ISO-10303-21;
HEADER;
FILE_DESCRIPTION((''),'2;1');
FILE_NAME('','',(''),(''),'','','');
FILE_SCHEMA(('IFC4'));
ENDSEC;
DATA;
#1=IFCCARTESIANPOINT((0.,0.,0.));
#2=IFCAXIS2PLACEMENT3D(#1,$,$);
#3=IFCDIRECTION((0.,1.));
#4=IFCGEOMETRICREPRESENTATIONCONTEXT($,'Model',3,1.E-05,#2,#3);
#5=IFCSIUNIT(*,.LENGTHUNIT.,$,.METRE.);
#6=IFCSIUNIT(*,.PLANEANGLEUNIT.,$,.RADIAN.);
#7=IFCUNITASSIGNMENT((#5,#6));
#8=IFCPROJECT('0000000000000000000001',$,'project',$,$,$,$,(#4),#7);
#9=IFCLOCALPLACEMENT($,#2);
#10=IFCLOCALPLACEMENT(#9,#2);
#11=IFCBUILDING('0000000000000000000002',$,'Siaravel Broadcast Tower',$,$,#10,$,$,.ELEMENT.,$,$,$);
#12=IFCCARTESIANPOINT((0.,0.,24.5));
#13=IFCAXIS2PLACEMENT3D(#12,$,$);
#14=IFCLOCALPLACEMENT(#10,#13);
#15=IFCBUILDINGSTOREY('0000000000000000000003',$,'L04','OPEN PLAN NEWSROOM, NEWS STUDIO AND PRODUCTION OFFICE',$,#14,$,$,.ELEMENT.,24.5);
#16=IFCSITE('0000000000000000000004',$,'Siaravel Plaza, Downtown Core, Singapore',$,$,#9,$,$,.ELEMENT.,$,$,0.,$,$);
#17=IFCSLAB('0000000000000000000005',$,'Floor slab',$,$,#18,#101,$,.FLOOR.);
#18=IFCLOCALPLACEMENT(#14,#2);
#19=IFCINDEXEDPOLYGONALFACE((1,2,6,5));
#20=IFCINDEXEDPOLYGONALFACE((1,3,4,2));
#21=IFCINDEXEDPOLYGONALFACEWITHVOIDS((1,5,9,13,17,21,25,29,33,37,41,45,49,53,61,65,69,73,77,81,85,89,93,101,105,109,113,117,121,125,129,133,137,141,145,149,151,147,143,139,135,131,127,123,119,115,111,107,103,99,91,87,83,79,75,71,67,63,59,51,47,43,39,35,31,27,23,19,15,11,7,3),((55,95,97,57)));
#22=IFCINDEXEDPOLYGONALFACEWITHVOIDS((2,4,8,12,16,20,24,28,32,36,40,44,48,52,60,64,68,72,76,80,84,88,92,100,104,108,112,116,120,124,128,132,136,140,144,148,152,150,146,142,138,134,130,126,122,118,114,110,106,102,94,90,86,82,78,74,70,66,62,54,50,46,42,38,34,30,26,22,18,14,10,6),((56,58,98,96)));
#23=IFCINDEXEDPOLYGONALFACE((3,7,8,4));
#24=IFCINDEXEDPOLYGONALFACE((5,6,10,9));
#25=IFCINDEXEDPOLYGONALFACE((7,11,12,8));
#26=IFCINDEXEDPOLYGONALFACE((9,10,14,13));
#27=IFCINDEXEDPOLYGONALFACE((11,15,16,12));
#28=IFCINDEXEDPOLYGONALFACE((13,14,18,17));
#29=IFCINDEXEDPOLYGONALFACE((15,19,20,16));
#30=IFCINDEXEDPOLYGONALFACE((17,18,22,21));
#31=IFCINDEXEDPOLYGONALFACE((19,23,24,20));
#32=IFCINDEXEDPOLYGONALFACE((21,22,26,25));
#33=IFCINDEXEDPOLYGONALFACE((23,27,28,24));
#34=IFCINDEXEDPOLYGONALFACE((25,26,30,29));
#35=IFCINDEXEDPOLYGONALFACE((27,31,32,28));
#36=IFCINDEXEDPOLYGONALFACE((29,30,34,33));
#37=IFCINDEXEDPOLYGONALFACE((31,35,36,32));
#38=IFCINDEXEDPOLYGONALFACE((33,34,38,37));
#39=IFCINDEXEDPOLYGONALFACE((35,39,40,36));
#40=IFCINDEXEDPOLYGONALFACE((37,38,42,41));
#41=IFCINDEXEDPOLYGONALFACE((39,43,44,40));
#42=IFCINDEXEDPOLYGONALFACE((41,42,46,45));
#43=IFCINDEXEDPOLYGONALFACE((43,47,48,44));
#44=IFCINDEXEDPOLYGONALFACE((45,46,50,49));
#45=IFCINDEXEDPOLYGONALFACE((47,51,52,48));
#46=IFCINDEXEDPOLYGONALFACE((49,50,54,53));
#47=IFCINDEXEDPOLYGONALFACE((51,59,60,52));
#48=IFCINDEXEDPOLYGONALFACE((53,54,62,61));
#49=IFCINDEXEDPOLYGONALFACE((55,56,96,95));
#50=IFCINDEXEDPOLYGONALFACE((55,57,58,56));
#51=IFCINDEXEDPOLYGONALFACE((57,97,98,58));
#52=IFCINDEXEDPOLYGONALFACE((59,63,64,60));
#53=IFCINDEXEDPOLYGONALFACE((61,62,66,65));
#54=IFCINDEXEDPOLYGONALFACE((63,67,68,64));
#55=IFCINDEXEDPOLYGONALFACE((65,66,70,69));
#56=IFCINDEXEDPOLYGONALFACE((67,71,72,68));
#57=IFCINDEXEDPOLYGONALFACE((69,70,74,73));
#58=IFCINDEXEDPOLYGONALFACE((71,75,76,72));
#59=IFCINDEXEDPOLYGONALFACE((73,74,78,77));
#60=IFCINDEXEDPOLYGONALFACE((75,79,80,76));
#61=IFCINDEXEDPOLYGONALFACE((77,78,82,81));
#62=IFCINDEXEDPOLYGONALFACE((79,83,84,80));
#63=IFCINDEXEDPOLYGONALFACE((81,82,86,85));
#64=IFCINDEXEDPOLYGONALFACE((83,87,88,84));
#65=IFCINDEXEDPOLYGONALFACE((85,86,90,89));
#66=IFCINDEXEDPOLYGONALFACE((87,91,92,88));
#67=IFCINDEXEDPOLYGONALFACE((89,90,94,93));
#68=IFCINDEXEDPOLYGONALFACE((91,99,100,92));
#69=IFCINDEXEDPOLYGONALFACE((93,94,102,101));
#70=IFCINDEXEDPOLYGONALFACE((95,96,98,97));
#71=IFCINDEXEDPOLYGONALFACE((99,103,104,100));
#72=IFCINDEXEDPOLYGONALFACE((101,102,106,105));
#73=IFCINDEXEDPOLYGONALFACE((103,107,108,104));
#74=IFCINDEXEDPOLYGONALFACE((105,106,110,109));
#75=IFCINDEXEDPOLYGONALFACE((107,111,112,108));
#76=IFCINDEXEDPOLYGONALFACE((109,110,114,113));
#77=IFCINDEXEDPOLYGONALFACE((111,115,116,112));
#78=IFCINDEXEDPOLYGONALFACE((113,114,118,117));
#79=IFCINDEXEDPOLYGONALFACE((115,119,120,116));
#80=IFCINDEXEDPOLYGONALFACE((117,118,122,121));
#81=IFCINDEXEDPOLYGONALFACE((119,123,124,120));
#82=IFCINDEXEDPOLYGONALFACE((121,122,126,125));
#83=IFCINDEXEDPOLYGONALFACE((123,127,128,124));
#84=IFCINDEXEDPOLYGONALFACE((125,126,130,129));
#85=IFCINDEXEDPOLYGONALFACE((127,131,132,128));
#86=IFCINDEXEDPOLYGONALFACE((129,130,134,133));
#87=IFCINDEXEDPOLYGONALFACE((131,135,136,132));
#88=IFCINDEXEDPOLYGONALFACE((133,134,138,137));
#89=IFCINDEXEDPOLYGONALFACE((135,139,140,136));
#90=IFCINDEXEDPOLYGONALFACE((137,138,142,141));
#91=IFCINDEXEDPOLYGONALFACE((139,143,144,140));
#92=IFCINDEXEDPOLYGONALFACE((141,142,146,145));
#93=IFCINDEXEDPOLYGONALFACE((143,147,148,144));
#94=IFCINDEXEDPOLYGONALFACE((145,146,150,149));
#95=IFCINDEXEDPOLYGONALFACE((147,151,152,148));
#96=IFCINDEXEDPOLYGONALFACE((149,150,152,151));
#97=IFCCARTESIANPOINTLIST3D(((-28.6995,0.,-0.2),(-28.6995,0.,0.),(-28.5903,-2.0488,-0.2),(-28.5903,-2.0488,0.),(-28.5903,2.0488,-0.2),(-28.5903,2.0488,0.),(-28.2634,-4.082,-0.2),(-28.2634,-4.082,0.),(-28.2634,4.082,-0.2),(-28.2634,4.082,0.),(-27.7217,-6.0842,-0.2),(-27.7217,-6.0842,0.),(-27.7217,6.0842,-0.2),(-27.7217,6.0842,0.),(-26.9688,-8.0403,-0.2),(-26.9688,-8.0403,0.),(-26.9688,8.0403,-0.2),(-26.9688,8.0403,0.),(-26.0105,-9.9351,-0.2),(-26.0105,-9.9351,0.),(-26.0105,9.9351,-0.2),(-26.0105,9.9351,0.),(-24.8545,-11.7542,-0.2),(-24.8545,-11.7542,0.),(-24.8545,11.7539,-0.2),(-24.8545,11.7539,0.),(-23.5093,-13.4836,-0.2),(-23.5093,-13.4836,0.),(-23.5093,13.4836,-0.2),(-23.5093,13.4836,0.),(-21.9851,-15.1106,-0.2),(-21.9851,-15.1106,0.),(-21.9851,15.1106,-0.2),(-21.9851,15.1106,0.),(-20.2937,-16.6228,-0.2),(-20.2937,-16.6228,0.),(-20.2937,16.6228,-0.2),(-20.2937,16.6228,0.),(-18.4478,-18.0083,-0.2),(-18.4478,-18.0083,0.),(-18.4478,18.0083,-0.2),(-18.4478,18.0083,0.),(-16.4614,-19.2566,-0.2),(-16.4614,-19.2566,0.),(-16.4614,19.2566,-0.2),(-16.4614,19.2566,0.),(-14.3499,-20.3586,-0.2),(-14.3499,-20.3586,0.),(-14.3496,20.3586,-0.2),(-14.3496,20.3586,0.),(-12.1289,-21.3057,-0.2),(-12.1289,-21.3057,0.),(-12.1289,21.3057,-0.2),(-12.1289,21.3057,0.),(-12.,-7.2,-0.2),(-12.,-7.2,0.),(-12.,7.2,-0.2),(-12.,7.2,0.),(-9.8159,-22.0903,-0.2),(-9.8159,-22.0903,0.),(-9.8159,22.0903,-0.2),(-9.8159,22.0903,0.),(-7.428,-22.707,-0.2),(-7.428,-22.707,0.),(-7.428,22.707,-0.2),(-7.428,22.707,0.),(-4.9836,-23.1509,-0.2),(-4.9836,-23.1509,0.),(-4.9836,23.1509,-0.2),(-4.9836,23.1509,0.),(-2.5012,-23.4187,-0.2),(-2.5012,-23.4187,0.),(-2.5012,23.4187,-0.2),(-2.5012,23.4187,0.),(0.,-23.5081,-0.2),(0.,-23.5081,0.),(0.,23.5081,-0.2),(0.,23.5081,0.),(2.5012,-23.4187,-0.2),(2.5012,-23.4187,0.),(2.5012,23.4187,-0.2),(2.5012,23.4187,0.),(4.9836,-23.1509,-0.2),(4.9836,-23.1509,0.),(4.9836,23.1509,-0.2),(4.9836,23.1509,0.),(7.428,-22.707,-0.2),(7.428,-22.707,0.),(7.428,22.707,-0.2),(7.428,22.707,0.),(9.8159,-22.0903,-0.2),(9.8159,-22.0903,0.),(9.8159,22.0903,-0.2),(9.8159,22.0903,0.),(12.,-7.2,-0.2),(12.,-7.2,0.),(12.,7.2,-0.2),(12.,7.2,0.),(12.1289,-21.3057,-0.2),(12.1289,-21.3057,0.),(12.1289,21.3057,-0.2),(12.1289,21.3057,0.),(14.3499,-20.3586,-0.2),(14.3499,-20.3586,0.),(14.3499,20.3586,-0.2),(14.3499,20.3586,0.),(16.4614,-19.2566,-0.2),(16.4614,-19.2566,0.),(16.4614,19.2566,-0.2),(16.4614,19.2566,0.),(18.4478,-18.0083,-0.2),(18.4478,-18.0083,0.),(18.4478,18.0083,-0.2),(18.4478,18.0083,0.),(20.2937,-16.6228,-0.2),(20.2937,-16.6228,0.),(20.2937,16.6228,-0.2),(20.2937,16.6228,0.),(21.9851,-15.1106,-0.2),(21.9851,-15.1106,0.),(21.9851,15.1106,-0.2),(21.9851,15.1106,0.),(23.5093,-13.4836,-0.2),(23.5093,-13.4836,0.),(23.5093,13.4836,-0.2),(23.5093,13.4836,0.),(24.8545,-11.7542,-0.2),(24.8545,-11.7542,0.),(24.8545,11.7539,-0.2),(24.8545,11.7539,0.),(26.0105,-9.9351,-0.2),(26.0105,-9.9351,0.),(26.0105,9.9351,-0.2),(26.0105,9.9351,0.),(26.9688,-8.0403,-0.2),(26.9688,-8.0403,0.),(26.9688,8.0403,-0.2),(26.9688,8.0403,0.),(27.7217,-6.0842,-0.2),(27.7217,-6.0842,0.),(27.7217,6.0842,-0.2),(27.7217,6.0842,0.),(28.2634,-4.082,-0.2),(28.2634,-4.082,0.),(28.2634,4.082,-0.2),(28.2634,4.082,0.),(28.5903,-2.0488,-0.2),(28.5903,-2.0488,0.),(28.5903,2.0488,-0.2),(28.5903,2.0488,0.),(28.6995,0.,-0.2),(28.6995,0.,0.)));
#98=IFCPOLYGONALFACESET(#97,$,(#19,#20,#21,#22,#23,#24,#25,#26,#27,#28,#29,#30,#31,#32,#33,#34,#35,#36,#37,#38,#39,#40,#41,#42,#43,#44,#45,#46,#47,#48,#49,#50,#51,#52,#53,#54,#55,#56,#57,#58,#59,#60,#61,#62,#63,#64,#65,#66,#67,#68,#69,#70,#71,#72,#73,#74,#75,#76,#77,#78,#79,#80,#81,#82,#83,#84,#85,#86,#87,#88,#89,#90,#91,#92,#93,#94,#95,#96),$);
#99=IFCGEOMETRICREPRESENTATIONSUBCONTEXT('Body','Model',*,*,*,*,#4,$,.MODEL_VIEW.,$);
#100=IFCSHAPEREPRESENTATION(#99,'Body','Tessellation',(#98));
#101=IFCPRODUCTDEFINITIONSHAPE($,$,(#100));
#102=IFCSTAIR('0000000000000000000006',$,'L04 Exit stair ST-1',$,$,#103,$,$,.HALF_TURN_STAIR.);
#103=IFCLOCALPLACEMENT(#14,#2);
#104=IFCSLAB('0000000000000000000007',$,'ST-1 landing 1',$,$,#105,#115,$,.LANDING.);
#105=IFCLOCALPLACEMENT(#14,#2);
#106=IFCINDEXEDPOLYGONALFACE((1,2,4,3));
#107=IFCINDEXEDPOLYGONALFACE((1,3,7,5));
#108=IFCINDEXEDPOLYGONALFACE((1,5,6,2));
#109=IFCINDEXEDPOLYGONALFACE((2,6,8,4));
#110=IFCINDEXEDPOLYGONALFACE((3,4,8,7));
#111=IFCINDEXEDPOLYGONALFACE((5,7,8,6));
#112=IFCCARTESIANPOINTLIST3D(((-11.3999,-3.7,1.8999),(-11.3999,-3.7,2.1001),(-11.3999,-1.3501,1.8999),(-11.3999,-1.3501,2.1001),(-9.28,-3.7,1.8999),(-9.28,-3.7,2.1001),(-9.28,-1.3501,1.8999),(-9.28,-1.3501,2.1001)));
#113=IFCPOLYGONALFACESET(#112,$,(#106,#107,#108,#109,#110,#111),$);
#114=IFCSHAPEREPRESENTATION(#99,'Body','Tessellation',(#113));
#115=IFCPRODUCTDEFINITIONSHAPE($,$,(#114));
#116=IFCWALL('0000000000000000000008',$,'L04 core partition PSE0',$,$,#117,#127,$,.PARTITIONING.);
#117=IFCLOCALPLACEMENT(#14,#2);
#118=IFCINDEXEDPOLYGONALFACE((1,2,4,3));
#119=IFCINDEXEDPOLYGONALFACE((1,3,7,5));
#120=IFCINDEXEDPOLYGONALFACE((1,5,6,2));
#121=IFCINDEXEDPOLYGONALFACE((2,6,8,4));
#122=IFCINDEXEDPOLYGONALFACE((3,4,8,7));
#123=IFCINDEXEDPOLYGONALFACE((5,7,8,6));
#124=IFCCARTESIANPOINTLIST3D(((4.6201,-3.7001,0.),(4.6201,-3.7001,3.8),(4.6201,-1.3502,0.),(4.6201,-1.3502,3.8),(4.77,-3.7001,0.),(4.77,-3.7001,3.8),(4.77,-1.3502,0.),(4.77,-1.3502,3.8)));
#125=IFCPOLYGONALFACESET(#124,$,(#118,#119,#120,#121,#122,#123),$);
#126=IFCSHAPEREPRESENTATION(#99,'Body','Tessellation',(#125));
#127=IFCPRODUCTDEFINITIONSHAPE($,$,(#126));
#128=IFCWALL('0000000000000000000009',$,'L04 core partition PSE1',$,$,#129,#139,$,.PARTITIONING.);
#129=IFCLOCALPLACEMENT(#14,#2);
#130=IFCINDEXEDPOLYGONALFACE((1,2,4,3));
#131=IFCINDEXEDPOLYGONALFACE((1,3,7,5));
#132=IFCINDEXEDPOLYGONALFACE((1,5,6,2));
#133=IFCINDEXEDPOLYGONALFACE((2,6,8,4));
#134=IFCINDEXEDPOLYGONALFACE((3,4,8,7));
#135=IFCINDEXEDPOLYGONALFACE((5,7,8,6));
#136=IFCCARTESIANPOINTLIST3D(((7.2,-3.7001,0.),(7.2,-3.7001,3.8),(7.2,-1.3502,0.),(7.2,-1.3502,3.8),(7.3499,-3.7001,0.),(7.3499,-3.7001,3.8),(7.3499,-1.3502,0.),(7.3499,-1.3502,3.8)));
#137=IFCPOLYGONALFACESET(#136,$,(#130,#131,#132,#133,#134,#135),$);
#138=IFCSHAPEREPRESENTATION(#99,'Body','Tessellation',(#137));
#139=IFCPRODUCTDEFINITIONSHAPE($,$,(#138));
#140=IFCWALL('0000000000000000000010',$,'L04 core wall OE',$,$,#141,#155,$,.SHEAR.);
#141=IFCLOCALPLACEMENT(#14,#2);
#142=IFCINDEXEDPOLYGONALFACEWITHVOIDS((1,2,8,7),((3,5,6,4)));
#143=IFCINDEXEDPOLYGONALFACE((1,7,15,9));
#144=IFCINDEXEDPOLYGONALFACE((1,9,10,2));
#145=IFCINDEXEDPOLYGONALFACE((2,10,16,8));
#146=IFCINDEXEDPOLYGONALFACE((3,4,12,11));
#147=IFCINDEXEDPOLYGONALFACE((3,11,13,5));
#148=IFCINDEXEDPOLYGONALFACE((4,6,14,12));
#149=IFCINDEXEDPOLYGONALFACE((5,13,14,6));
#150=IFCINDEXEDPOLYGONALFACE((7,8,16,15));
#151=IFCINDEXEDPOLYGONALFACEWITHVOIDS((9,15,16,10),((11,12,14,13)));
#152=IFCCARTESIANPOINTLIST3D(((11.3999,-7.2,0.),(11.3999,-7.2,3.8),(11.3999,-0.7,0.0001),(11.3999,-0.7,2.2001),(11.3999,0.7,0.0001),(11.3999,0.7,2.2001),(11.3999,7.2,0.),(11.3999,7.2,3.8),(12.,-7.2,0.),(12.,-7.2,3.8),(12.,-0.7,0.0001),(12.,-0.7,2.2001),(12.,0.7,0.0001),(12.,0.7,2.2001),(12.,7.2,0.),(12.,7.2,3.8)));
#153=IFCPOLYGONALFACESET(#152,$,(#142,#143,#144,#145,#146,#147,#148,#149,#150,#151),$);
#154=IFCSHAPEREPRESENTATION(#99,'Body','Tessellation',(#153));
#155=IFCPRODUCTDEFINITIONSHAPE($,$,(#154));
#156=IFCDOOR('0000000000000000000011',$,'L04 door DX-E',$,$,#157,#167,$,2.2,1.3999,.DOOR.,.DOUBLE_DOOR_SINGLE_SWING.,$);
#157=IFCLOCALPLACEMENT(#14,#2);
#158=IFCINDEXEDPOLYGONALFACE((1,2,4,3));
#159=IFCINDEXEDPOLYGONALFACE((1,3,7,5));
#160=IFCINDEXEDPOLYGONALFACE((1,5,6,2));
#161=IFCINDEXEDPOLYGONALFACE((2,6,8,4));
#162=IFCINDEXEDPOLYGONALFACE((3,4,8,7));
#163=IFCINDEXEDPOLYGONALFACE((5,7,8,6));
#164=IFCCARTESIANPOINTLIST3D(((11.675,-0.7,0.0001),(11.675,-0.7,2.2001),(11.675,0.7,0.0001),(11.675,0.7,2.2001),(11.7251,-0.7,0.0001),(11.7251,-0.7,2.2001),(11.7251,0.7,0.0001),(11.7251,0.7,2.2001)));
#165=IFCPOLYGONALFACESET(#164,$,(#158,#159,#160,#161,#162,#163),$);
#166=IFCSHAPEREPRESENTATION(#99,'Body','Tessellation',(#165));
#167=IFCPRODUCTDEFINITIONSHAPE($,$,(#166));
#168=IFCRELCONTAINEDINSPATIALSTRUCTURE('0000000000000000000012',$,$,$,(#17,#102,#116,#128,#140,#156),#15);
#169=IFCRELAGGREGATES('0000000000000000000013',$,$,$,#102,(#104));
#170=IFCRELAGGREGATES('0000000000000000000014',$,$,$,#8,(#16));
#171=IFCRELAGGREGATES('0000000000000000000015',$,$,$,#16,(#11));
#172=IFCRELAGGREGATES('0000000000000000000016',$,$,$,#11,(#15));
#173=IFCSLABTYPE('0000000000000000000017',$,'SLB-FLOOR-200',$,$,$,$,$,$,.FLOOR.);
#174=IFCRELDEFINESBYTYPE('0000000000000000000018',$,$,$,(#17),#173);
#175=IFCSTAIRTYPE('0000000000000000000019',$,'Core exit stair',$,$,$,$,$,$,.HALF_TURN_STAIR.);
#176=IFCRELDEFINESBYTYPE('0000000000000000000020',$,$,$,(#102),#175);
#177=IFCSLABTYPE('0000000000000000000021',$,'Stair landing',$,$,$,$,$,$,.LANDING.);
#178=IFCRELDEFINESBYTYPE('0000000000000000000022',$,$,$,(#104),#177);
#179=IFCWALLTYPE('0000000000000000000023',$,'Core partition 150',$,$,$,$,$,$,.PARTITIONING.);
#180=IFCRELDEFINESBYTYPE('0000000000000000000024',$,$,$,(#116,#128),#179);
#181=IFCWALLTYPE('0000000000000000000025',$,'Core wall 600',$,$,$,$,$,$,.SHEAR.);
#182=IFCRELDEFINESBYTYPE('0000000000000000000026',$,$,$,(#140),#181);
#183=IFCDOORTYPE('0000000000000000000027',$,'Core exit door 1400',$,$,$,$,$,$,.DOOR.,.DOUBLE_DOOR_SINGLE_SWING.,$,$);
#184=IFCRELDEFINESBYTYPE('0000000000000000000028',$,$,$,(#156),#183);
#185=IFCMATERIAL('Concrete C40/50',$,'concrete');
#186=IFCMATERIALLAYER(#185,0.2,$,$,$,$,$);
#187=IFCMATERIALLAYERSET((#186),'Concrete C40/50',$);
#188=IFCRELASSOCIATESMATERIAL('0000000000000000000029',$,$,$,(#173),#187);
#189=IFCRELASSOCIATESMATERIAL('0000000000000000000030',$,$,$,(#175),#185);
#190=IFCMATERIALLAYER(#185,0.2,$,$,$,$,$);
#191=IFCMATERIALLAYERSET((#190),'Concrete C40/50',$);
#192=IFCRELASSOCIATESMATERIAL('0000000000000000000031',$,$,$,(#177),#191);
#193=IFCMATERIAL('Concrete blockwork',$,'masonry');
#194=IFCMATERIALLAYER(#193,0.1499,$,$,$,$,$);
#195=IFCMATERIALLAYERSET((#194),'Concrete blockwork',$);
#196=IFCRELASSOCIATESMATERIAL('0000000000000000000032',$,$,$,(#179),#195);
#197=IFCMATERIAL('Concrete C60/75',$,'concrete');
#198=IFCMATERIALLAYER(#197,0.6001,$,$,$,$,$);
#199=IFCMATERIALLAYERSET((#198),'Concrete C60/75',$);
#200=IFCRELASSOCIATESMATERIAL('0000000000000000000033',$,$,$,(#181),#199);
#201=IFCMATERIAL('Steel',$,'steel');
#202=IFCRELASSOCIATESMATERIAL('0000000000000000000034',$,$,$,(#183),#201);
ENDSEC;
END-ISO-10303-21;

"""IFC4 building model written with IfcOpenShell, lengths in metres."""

from ifc_helpers import new_model, si_unit, direction, frame, frame_2d, origin, place, context, subcontext, project, spatial, polyline, rectangle, outline, extrude, material, layer, layer_set, type_object, element, fill, aggregate, save


model = new_model("IFC4")

# Units and contexts
model_context = context("Model", 3, precision=1e-05, world=origin(), true_north=direction((0.0, 1.0)))
body_context = subcontext(model_context, "Body", "Model", "MODEL_VIEW")
ifc_project = project(units=[si_unit("LENGTHUNIT", "METRE"), si_unit("PLANEANGLEUNIT", "RADIAN")], contexts=[model_context])

# Site, building, storey
site_placement = place(None, origin())
site = spatial("IfcSite", under=ifc_project, at=site_placement, Name="Siaravel Plaza, Downtown Core, Singapore", CompositionType="ELEMENT", RefElevation=0.0)
building_placement = place(site_placement, origin())
building = spatial("IfcBuilding", under=site, at=building_placement, Name="Siaravel Broadcast Tower", CompositionType="ELEMENT")
storey_placement = place(building_placement, frame((0.0, 0.0, 24.5)))
storey = spatial("IfcBuildingStorey", under=building, at=storey_placement, Name="L04", Description="OPEN PLAN NEWSROOM, NEWS STUDIO AND PRODUCTION OFFICE", CompositionType="ELEMENT", Elevation=24.5)

# Slab
ifc_material_1 = material(Name="Concrete C40/50", Category="concrete")
ifc_layer_1 = layer(ifc_material_1, 0.2)
ifc_layer_set_1 = layer_set([ifc_layer_1], Name="Concrete C40/50")
slab_type_1 = type_object("IfcSlabType", Name="SLB-FLOOR-200", PredefinedType="FLOOR", material=ifc_layer_set_1)
slab_1_placement = place(storey_placement, frame((0.0, 0.0, -0.2)))
element("IfcSlab", 1, at=slab_1_placement, inside=storey, type_object=slab_type_1, Name="Floor slab", PredefinedType="FLOOR", context=body_context, shape_type="SweptSolid", body=[
    extrude(outline(polyline([(28.6995, 0.0), (28.5903, 2.0488), (28.2634, 4.082), (27.7217, 6.0842), (26.9688, 8.0403), (26.0105, 9.9351), (24.8545, 11.7539), (23.5093, 13.4836), (21.9851, 15.1106), (20.2937, 16.6228), (18.4478, 18.0083), (16.4614, 19.2566), (14.3499, 20.3586), (12.1289, 21.3057), (9.8159, 22.0903), (7.428, 22.707), (4.9836, 23.1509), (2.5012, 23.4187), (0.0, 23.5081), (-2.5012, 23.4187), (-4.9836, 23.1509), (-7.428, 22.707), (-9.8159, 22.0903), (-12.1289, 21.3057), (-14.3496, 20.3586), (-16.4614, 19.2566), (-18.4478, 18.0083), (-20.2937, 16.6228), (-21.9851, 15.1106), (-23.5093, 13.4836), (-24.8545, 11.7539), (-26.0105, 9.9351), (-26.9688, 8.0403), (-27.7217, 6.0842), (-28.2634, 4.082), (-28.5903, 2.0488), (-28.6995, 0.0), (-28.5903, -2.0488), (-28.2634, -4.082), (-27.7217, -6.0842), (-26.9688, -8.0403), (-26.0105, -9.9351), (-24.8545, -11.7542), (-23.5093, -13.4836), (-21.9851, -15.1106), (-20.2937, -16.6228), (-18.4478, -18.0083), (-16.4614, -19.2566), (-14.3499, -20.3586), (-12.1289, -21.3057), (-9.8159, -22.0903), (-7.428, -22.707), (-4.9836, -23.1509), (-2.5012, -23.4187), (0.0, -23.5081), (2.5012, -23.4187), (4.9836, -23.1509), (7.428, -22.707), (9.8159, -22.0903), (12.1289, -21.3057), (14.3499, -20.3586), (16.4614, -19.2566), (18.4478, -18.0083), (20.2937, -16.6228), (21.9851, -15.1106), (23.5093, -13.4836), (24.8545, -11.7542), (26.0105, -9.9351), (26.9688, -8.0403), (27.7217, -6.0842), (28.2634, -4.082), (28.5903, -2.0488), (28.6995, 0.0)]), holes=[polyline([(-12.0, 7.2), (12.0, 7.2), (12.0, -7.2), (-12.0, -7.2), (-12.0, 7.2)])]), origin(), (0.0, 0.0, 1.0), 0.2),
])

# Stair, slab
stair_type = type_object("IfcStairType", Name="Core exit stair", PredefinedType="HALF_TURN_STAIR", material=ifc_material_1)
stair_placement = place(storey_placement, origin())
stair = element("IfcStair", 2, at=stair_placement, inside=storey, type_object=stair_type, Name="L04 Exit stair ST-1", PredefinedType="HALF_TURN_STAIR")
ifc_layer_2 = layer(ifc_material_1, 0.2)
ifc_layer_set_2 = layer_set([ifc_layer_2], Name="Concrete C40/50")
slab_type_2 = type_object("IfcSlabType", Name="Stair landing", PredefinedType="LANDING", material=ifc_layer_set_2)
slab_2_placement = place(storey_placement, frame((0.0, 0.0, 1.8999)))
slab_2 = element("IfcSlab", 3, at=slab_2_placement, type_object=slab_type_2, Name="ST-1 landing 1", PredefinedType="LANDING", context=body_context, shape_type="SweptSolid", body=[
    extrude(outline(polyline([(-9.28, -1.3501), (-11.3999, -1.3501), (-11.3999, -3.7), (-9.28, -3.7), (-9.28, -1.3501)])), origin(), (0.0, 0.0, 1.0), 0.2002),
])
aggregate(stair, [slab_2])

# Walls
ifc_material_2 = material(Name="Concrete blockwork", Category="masonry")
ifc_layer_3 = layer(ifc_material_2, 0.1499)
ifc_layer_set_3 = layer_set([ifc_layer_3], Name="Concrete blockwork")
wall_type_1 = type_object("IfcWallType", Name="Core partition 150", PredefinedType="PARTITIONING", material=ifc_layer_set_3)
for number, where, z_axis, x_axis, name in (
    (4, (4.6951, -3.7, 0.0), (0.0, 0.0, 1.0), (0.0, 1.0, 0.0), "L04 core partition PSE0"),
    (5, (7.2749, -3.7, 0.0), (0.0, 0.0, 1.0), (0.0, 1.0, 0.0), "L04 core partition PSE1"),
):
    element("IfcWall", number, at=place(storey_placement, frame(where, z_axis=z_axis, x_axis=x_axis)), inside=storey, type_object=wall_type_1, Name=name, PredefinedType="PARTITIONING", context=body_context, shape_type="SweptSolid", body=[
        extrude(rectangle(XDim=2.3499, YDim=0.1499, at=frame_2d((1.1748, 0.0))), origin(), (0.0, 0.0, 1.0), 3.8),
    ])

# Wall, opening, door
ifc_material_3 = material(Name="Concrete C60/75", Category="concrete")
ifc_layer_4 = layer(ifc_material_3, 0.6001)
ifc_layer_set_4 = layer_set([ifc_layer_4], Name="Concrete C60/75")
wall_type_2 = type_object("IfcWallType", Name="Core wall 600", PredefinedType="SHEAR", material=ifc_layer_set_4)
wall_1_placement = place(storey_placement, frame((11.7, -7.2, 0.0), z_axis=(0.0, 0.0, 1.0), x_axis=(0.0, 1.0, 0.0)))
wall_1 = element("IfcWall", 6, at=wall_1_placement, inside=storey, type_object=wall_type_2, Name="L04 core wall OE", PredefinedType="SHEAR", context=body_context, shape_type="SweptSolid", body=[
    extrude(rectangle(XDim=14.3999, YDim=0.6001, at=frame_2d((7.2, 0.0))), origin(), (0.0, 0.0, 1.0), 3.8),
])
opening_1_placement = place(wall_1_placement, frame((6.5, 0.0, 0.0)))
opening_1 = element("IfcOpeningElement", 7, at=opening_1_placement, cuts=wall_1, PredefinedType="OPENING", context=body_context, shape_type="SweptSolid", body=[
    extrude(rectangle(XDim=1.3999, YDim=2.2, at=frame_2d((0.7, 1.1001))), frame((0.0, 0.3101, 0.0), z_axis=(0.0, -1.0, 0.0), x_axis=(1.0, 0.0, 0.0)), (0.0, 0.0, 1.0), 0.6201),
])
ifc_material_4 = material(Name="Steel", Category="steel")
door_type_1 = type_object("IfcDoorType", Name="Core exit door 1400", OperationType="DOUBLE_DOOR_SINGLE_SWING", PredefinedType="DOOR", material=ifc_material_4)
door_1_placement = place(opening_1_placement, origin())
door_1 = element("IfcDoor", 8, at=door_1_placement, inside=storey, type_object=door_type_1, Name="L04 door DX-E", OperationType="DOUBLE_DOOR_SINGLE_SWING", OverallHeight=2.2, OverallWidth=1.3999, PredefinedType="DOOR", context=body_context, shape_type="SweptSolid", body=[
    extrude(rectangle(XDim=1.3999, YDim=2.2, at=frame_2d((0.7, 1.1001))), frame((0.0, 0.0249, 0.0), z_axis=(0.0, -1.0, 0.0), x_axis=(1.0, 0.0, 0.0)), (0.0, 0.0, 1.0), 0.05),
])
fill(opening_1, door_1)

save(model, "model.ifc")
